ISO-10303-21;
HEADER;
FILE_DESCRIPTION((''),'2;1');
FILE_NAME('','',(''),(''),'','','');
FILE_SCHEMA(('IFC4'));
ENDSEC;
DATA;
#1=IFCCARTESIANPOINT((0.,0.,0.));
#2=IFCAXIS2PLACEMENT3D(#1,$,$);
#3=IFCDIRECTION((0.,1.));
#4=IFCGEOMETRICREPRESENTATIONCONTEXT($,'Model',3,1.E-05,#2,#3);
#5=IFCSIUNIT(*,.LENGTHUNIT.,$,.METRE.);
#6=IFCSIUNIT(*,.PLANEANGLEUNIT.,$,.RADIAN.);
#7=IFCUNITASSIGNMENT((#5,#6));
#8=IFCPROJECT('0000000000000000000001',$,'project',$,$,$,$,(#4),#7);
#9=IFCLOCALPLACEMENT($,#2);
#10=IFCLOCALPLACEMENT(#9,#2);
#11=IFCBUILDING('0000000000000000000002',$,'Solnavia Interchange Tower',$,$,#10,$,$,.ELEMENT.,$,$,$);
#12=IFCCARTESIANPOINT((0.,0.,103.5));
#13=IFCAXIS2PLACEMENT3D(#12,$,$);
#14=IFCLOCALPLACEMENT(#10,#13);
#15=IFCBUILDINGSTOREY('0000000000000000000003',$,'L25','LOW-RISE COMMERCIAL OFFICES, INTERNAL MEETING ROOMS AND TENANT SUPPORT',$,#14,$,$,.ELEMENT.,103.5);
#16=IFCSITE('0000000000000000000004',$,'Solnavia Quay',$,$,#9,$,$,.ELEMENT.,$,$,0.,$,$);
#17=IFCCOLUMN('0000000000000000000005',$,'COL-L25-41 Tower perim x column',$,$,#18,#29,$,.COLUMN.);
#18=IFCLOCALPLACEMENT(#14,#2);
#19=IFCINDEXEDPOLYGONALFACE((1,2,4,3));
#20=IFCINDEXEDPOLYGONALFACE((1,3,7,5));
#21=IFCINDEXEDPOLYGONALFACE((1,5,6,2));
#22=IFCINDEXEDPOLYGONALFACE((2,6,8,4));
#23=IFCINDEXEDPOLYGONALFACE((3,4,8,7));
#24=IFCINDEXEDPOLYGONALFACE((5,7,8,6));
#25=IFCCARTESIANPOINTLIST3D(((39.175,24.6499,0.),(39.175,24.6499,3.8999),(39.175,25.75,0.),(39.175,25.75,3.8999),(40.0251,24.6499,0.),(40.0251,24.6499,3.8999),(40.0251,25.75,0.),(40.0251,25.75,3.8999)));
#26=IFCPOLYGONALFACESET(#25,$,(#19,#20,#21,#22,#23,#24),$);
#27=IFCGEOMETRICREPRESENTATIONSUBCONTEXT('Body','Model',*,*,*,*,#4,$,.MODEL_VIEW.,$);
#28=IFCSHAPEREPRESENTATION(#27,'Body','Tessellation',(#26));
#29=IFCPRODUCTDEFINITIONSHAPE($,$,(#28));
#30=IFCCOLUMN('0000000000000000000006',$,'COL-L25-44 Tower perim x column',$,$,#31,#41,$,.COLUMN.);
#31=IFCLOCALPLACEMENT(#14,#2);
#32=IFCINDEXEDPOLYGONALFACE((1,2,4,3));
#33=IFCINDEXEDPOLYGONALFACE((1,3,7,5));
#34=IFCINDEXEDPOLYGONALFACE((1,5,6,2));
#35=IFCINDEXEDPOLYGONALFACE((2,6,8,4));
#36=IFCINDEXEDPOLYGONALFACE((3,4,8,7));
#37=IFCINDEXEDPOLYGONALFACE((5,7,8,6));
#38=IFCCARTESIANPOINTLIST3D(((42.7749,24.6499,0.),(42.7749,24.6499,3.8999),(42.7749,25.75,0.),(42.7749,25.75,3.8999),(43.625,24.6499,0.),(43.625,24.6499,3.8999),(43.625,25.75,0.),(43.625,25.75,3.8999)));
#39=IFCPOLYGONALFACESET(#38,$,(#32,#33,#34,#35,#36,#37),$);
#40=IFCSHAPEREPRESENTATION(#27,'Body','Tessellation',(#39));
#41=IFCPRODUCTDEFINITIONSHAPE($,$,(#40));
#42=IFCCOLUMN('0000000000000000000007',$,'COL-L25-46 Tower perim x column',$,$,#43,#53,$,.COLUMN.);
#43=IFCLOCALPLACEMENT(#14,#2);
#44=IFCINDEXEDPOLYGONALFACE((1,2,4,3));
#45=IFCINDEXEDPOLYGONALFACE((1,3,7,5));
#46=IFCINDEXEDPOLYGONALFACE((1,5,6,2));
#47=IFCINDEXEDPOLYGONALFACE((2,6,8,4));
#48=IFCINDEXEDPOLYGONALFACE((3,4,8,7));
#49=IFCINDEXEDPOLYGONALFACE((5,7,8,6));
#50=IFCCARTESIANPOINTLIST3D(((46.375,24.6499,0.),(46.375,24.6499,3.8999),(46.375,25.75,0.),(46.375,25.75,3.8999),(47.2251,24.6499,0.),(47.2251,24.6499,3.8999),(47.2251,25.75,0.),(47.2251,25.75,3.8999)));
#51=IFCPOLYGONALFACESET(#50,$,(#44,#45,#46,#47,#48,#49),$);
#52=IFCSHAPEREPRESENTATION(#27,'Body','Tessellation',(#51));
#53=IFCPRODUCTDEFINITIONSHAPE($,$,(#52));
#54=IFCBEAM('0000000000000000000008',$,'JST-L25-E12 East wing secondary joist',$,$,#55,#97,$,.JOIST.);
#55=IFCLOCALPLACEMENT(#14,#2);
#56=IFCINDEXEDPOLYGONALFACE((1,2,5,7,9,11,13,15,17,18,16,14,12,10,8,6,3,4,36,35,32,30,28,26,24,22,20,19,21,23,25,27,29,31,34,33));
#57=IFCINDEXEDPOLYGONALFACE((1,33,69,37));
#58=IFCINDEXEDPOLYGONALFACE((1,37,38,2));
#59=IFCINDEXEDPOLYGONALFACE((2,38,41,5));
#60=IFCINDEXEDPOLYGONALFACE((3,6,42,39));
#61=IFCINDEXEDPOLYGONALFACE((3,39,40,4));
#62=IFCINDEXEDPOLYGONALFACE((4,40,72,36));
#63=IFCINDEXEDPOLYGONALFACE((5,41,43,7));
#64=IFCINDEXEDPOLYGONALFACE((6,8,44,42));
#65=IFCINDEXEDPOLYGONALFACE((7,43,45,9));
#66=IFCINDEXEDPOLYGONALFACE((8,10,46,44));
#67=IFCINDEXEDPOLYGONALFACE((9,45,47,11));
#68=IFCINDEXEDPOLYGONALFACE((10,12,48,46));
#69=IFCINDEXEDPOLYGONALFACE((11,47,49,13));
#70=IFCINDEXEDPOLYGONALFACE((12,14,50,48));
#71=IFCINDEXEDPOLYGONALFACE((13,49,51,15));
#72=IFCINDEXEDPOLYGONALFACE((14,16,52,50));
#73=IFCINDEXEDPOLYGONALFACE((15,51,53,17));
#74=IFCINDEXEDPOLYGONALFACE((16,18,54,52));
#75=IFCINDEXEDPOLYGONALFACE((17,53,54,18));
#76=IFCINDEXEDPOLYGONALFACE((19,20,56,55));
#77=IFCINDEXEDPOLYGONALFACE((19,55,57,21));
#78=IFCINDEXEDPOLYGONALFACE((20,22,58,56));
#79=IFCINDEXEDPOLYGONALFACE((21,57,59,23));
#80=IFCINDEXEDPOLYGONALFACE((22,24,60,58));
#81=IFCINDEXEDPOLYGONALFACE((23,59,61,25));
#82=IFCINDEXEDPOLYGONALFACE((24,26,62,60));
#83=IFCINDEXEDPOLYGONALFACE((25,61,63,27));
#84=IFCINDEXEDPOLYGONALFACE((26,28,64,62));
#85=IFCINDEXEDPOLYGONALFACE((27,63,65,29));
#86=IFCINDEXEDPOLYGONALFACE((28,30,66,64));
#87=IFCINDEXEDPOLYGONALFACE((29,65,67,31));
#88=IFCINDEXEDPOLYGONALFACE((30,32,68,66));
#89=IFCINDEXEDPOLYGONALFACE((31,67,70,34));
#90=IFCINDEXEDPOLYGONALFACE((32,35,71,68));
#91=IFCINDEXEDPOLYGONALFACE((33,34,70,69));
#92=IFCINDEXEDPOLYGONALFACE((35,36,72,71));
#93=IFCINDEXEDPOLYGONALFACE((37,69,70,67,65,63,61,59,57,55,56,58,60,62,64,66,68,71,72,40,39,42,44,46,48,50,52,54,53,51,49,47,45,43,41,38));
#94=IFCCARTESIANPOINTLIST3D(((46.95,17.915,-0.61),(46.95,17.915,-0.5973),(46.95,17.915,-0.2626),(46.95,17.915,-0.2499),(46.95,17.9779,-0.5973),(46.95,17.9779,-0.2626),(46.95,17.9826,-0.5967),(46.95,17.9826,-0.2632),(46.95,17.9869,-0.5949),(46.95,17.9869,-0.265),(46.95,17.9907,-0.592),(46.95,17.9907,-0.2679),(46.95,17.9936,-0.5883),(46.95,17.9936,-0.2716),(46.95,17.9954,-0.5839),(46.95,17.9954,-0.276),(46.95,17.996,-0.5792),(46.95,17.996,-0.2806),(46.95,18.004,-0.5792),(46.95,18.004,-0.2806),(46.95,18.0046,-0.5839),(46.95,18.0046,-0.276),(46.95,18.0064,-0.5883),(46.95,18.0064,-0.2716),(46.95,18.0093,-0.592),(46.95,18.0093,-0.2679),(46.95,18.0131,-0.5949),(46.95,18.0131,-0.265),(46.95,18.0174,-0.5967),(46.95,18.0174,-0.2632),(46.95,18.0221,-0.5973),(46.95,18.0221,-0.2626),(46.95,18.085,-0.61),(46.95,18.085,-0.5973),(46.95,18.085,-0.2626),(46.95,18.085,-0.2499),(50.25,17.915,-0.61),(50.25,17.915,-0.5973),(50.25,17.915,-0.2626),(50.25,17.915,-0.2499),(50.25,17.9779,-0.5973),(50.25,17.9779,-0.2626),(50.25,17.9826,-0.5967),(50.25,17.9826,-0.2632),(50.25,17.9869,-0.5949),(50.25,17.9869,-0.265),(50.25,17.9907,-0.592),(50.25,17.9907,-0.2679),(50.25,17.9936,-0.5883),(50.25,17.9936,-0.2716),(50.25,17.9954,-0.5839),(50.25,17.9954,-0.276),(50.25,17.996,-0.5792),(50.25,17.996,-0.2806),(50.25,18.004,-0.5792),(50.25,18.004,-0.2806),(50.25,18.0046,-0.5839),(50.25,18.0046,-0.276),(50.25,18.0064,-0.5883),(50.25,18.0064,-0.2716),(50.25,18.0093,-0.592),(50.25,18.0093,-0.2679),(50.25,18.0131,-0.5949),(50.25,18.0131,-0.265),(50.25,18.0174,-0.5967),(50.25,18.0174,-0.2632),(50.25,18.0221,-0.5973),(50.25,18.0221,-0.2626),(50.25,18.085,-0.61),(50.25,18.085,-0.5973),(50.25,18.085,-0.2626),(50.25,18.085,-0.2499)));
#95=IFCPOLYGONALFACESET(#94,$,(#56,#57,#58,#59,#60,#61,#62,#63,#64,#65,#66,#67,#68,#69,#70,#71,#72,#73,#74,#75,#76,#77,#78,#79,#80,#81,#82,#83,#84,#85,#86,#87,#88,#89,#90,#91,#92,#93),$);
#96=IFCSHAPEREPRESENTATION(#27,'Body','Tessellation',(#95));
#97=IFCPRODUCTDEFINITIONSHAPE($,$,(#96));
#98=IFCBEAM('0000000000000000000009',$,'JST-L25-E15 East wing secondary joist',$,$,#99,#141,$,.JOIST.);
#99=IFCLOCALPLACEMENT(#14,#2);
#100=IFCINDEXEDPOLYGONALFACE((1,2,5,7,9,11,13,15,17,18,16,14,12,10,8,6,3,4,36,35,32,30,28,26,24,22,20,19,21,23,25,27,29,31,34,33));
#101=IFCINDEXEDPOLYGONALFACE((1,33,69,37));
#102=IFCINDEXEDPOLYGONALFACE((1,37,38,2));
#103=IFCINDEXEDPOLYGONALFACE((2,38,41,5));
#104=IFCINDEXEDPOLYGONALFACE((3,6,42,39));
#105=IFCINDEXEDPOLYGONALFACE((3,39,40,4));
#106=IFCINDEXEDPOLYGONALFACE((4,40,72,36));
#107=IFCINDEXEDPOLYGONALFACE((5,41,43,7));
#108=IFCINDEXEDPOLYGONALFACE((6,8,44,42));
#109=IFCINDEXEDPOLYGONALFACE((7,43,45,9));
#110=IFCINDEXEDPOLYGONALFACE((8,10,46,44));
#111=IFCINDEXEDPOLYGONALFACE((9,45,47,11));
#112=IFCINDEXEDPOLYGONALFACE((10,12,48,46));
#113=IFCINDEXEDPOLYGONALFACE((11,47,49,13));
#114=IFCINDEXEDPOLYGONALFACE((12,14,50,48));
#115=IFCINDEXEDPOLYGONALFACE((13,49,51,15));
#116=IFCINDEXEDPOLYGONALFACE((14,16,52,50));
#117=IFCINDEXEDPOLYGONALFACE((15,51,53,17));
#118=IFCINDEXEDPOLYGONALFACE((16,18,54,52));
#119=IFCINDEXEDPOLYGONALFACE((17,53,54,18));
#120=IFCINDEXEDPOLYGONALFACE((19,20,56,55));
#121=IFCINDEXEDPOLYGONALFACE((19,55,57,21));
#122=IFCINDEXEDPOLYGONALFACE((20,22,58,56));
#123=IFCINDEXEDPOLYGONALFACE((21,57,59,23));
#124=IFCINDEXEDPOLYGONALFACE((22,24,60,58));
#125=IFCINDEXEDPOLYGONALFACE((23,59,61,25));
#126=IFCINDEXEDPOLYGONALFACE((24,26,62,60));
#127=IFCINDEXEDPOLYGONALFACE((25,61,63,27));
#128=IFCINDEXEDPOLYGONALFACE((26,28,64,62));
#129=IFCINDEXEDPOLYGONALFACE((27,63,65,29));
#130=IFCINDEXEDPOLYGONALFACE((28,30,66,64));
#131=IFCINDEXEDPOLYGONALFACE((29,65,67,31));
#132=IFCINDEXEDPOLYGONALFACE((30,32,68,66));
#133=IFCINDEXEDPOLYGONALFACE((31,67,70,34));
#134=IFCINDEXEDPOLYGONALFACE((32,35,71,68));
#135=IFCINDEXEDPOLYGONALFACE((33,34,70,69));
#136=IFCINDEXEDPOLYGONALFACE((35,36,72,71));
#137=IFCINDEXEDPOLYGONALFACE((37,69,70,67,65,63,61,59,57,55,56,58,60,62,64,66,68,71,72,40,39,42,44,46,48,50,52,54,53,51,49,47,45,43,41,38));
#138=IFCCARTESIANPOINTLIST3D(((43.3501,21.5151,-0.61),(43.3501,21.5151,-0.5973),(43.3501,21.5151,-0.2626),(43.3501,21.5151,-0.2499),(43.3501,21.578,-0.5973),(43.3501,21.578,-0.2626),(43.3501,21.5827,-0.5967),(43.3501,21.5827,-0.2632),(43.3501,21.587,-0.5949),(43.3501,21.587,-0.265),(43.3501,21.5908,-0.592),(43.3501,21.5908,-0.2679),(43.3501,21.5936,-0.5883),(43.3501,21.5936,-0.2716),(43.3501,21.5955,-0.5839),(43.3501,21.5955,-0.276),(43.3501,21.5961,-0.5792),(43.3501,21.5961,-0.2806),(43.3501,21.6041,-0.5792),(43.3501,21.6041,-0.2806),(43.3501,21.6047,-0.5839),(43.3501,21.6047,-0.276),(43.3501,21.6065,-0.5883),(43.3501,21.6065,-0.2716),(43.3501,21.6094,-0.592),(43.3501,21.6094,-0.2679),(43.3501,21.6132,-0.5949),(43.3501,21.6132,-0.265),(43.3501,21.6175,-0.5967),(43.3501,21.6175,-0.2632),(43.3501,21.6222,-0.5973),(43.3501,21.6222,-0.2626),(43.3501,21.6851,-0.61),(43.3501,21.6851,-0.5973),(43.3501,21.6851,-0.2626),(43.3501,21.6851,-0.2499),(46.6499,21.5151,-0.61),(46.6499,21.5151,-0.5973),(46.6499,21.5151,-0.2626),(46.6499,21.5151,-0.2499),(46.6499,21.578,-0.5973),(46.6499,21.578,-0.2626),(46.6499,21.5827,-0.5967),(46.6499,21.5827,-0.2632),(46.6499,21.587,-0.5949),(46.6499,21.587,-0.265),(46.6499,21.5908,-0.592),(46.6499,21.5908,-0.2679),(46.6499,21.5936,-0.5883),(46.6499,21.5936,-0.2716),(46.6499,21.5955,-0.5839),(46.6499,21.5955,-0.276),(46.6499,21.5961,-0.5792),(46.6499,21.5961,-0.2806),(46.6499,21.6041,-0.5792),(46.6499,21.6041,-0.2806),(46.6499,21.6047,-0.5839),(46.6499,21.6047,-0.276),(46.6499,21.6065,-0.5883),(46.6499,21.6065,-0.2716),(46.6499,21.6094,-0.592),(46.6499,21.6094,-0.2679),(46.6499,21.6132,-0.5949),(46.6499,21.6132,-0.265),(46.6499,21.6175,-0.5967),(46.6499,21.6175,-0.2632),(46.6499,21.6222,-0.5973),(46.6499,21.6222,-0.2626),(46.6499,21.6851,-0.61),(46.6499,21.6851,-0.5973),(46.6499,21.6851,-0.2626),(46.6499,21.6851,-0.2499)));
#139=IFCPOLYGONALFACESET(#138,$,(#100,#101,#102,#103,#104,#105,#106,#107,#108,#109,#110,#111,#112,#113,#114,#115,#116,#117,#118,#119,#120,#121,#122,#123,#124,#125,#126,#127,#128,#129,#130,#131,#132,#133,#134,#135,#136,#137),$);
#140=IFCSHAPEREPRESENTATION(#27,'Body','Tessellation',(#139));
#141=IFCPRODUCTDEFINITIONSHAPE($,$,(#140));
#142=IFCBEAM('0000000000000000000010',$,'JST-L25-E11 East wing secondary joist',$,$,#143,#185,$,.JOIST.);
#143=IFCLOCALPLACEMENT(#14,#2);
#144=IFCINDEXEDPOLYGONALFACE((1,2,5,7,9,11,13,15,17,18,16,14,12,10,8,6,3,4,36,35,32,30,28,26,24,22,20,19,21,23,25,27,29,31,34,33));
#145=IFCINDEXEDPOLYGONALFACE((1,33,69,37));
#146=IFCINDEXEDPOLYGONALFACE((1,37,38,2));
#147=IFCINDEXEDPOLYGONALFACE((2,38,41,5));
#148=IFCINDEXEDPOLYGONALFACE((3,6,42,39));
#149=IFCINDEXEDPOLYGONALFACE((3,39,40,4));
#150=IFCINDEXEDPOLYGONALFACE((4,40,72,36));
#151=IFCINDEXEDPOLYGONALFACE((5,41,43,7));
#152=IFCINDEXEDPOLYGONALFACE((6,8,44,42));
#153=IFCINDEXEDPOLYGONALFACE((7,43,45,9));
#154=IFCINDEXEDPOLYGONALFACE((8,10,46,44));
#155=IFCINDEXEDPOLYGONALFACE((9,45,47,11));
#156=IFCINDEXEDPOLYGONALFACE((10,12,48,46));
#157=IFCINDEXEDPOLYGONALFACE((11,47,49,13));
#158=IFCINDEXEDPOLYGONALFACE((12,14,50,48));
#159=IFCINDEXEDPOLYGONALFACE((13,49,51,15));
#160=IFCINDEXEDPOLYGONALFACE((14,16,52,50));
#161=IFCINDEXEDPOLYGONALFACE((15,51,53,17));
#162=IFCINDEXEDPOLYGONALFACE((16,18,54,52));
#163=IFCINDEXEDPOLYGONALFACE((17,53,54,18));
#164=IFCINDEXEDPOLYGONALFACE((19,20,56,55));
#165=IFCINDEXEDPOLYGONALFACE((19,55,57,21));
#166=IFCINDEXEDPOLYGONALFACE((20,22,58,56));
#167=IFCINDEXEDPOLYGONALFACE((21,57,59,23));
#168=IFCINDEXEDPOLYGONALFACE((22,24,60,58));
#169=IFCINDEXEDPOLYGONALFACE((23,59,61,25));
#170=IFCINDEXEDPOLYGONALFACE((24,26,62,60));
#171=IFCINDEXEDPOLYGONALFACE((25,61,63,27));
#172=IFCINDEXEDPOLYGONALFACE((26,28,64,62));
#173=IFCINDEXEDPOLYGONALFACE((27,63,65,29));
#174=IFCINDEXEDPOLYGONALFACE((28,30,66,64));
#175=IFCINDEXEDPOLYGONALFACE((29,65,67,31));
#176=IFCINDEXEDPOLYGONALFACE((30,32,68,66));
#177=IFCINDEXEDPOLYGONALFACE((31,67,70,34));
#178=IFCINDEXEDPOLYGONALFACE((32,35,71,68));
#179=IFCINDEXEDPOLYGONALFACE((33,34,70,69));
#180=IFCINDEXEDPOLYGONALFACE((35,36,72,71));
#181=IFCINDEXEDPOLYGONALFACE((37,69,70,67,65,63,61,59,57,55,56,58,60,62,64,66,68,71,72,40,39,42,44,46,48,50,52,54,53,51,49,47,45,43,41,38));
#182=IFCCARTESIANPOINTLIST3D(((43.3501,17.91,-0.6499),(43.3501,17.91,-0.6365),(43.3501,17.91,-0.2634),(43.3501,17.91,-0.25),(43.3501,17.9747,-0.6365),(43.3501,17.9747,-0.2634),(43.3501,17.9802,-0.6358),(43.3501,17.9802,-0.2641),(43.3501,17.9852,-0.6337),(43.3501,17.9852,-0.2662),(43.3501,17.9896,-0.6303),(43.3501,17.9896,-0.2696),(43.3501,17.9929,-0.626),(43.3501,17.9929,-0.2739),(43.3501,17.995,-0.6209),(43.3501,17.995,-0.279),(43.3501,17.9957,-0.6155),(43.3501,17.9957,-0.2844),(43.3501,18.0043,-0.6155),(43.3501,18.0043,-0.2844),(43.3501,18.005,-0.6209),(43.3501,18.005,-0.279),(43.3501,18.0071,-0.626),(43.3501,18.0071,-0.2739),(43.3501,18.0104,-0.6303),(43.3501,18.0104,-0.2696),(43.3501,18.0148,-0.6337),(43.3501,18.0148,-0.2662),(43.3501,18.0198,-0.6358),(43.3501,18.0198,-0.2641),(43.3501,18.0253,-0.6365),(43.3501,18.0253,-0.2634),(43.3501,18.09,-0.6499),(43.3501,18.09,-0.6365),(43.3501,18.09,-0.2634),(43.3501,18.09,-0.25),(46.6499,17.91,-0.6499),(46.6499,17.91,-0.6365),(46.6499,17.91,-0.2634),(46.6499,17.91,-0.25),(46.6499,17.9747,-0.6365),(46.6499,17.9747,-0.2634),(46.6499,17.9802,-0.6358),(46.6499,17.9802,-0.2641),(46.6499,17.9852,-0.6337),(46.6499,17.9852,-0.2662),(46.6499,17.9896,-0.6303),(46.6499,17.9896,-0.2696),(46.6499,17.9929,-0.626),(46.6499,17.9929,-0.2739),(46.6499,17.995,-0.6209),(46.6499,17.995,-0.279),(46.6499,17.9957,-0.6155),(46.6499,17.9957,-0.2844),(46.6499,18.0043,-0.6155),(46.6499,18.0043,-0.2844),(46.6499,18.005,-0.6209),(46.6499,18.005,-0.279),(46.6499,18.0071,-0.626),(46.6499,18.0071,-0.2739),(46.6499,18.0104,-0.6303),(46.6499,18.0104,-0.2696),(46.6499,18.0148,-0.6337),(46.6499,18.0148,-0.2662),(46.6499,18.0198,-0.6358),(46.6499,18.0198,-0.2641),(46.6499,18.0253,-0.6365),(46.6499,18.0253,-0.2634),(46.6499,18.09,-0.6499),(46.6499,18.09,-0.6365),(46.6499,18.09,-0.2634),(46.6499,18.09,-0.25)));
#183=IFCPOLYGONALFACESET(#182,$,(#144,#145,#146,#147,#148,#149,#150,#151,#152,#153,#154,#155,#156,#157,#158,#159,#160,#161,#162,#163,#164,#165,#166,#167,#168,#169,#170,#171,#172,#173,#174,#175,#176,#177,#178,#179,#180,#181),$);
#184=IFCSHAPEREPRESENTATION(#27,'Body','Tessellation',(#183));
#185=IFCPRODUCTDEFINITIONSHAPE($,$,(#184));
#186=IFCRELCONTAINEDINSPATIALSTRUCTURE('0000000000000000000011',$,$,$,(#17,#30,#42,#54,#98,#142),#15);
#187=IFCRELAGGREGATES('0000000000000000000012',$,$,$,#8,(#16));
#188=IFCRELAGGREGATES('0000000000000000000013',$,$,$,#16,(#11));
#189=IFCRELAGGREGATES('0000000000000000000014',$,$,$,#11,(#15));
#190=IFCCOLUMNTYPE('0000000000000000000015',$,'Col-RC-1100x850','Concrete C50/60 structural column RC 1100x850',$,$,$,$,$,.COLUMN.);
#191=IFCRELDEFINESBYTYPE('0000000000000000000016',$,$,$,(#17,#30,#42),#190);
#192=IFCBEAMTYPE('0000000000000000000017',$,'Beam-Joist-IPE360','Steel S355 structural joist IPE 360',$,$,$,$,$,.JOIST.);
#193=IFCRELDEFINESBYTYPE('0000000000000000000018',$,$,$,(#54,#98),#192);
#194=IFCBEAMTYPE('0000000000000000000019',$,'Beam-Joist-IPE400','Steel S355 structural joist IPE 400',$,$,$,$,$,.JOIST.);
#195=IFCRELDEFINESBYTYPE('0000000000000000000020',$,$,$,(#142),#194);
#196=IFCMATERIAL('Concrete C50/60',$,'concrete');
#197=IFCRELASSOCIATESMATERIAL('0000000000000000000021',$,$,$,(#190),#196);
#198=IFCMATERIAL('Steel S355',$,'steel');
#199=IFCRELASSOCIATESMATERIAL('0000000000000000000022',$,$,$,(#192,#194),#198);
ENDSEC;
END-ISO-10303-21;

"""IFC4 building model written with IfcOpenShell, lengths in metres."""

from ifc_helpers import new_model, si_unit, direction, frame, origin, origin_2d, place, context, subcontext, project, spatial, rectangle, i_section, extrude, material, material_profile, profile_set, type_object, element, save


model = new_model("IFC4")

# Units and contexts
model_context = context("Model", 3, precision=1e-05, world=origin(), true_north=direction((0.0, 1.0)))
body_context = subcontext(model_context, "Body", "Model", "MODEL_VIEW")
ifc_project = project(units=[si_unit("LENGTHUNIT", "METRE"), si_unit("PLANEANGLEUNIT", "RADIAN")], contexts=[model_context])

# Site, building, storey
site_placement = place(None, origin())
site = spatial("IfcSite", under=ifc_project, at=site_placement, Name="Solnavia Quay", CompositionType="ELEMENT", RefElevation=0.0)
building_placement = place(site_placement, origin())
building = spatial("IfcBuilding", under=site, at=building_placement, Name="Solnavia Interchange Tower", CompositionType="ELEMENT")
storey_placement = place(building_placement, frame((0.0, 0.0, 103.5)))
storey = spatial("IfcBuildingStorey", under=building, at=storey_placement, Name="L25", Description="LOW-RISE COMMERCIAL OFFICES, INTERNAL MEETING ROOMS AND TENANT SUPPORT", CompositionType="ELEMENT", Elevation=103.5)

# Columns
ifc_material_1 = material(Name="Concrete C50/60", Category="concrete")
ifc_material_profile_1 = material_profile(ifc_material_1, rectangle(XDim=0.8501, YDim=1.1001, at=origin_2d()), Name="RC 1100x850")
ifc_profile_set_1 = profile_set([ifc_material_profile_1], Name="Concrete C50/60")
column_type = type_object("IfcColumnType", Name="Col-RC-1100x850", Description="Concrete C50/60 structural column RC 1100x850", PredefinedType="COLUMN", material=ifc_profile_set_1)
for number, where, z_axis, x_axis, name in (
    (1, (39.6001, 25.2, 0.0), (0.0, 0.0, 1.0), (1.0, 0.0, 0.0), "COL-L25-41 Tower perim x column"),
    (2, (43.2, 25.2, 0.0), (0.0, 0.0, 1.0), (1.0, 0.0, 0.0), "COL-L25-44 Tower perim x column"),
    (3, (46.8, 25.2, 0.0), (0.0, 0.0, 1.0), (1.0, 0.0, 0.0), "COL-L25-46 Tower perim x column"),
):
    element("IfcColumn", number, at=place(storey_placement, frame(where, z_axis=z_axis, x_axis=x_axis)), inside=storey, type_object=column_type, Name=name, PredefinedType="COLUMN", context=body_context, shape_type="SweptSolid", body=[
        extrude(rectangle(XDim=0.8501, YDim=1.1001, at=origin_2d()), origin(), (0.0, 0.0, 1.0), 3.8999),
    ])

# Beams
ifc_material_2 = material(Name="Steel S355", Category="steel")
ifc_material_profile_2 = material_profile(ifc_material_2, i_section(OverallWidth=0.1699, OverallDepth=0.3601, WebThickness=0.0081, FlangeThickness=0.0127, FilletRadius=0.0181, at=origin_2d()), Name="IPE 360")
ifc_profile_set_2 = profile_set([ifc_material_profile_2], Name="Steel S355")
beam_type_1 = type_object("IfcBeamType", Name="Beam-Joist-IPE360", Description="Steel S355 structural joist IPE 360", PredefinedType="JOIST", material=ifc_profile_set_2)
beam_1_placement = place(storey_placement, frame((46.95, 18.0, -0.4299), z_axis=(1.0, 0.0, 0.0), x_axis=(0.0, 1.0, 0.0)))
element("IfcBeam", 4, at=beam_1_placement, inside=storey, type_object=beam_type_1, Name="JST-L25-E12 East wing secondary joist", PredefinedType="JOIST", context=body_context, shape_type="SweptSolid", body=[
    extrude(i_section(OverallWidth=0.1699, OverallDepth=0.3601, WebThickness=0.0081, FlangeThickness=0.0127, FilletRadius=0.0181, at=origin_2d()), origin(), (0.0, 0.0, 1.0), 3.3),
])
beam_2_placement = place(storey_placement, frame((43.3501, 21.6001, -0.4299), z_axis=(1.0, 0.0, 0.0), x_axis=(0.0, 1.0, 0.0)))
element("IfcBeam", 5, at=beam_2_placement, inside=storey, type_object=beam_type_1, Name="JST-L25-E15 East wing secondary joist", PredefinedType="JOIST", context=body_context, shape_type="SweptSolid", body=[
    extrude(i_section(OverallWidth=0.1699, OverallDepth=0.3601, WebThickness=0.0081, FlangeThickness=0.0127, FilletRadius=0.0181, at=origin_2d()), origin(), (0.0, 0.0, 1.0), 3.2998),
])
ifc_material_profile_3 = material_profile(ifc_material_2, i_section(OverallWidth=0.1799, OverallDepth=0.3999, WebThickness=0.0085, FlangeThickness=0.0134, FilletRadius=0.021, at=origin_2d()), Name="IPE 400")
ifc_profile_set_3 = profile_set([ifc_material_profile_3], Name="Steel S355")
beam_type_2 = type_object("IfcBeamType", Name="Beam-Joist-IPE400", Description="Steel S355 structural joist IPE 400", PredefinedType="JOIST", material=ifc_profile_set_3)
beam_3_placement = place(storey_placement, frame((43.3501, 18.0, -0.45), z_axis=(1.0, 0.0, 0.0), x_axis=(0.0, 1.0, 0.0)))
element("IfcBeam", 6, at=beam_3_placement, inside=storey, type_object=beam_type_2, Name="JST-L25-E11 East wing secondary joist", PredefinedType="JOIST", context=body_context, shape_type="SweptSolid", body=[
    extrude(i_section(OverallWidth=0.1799, OverallDepth=0.3999, WebThickness=0.0085, FlangeThickness=0.0134, FilletRadius=0.021, at=origin_2d()), origin(), (0.0, 0.0, 1.0), 3.2998),
])

save(model, "model.ifc")
